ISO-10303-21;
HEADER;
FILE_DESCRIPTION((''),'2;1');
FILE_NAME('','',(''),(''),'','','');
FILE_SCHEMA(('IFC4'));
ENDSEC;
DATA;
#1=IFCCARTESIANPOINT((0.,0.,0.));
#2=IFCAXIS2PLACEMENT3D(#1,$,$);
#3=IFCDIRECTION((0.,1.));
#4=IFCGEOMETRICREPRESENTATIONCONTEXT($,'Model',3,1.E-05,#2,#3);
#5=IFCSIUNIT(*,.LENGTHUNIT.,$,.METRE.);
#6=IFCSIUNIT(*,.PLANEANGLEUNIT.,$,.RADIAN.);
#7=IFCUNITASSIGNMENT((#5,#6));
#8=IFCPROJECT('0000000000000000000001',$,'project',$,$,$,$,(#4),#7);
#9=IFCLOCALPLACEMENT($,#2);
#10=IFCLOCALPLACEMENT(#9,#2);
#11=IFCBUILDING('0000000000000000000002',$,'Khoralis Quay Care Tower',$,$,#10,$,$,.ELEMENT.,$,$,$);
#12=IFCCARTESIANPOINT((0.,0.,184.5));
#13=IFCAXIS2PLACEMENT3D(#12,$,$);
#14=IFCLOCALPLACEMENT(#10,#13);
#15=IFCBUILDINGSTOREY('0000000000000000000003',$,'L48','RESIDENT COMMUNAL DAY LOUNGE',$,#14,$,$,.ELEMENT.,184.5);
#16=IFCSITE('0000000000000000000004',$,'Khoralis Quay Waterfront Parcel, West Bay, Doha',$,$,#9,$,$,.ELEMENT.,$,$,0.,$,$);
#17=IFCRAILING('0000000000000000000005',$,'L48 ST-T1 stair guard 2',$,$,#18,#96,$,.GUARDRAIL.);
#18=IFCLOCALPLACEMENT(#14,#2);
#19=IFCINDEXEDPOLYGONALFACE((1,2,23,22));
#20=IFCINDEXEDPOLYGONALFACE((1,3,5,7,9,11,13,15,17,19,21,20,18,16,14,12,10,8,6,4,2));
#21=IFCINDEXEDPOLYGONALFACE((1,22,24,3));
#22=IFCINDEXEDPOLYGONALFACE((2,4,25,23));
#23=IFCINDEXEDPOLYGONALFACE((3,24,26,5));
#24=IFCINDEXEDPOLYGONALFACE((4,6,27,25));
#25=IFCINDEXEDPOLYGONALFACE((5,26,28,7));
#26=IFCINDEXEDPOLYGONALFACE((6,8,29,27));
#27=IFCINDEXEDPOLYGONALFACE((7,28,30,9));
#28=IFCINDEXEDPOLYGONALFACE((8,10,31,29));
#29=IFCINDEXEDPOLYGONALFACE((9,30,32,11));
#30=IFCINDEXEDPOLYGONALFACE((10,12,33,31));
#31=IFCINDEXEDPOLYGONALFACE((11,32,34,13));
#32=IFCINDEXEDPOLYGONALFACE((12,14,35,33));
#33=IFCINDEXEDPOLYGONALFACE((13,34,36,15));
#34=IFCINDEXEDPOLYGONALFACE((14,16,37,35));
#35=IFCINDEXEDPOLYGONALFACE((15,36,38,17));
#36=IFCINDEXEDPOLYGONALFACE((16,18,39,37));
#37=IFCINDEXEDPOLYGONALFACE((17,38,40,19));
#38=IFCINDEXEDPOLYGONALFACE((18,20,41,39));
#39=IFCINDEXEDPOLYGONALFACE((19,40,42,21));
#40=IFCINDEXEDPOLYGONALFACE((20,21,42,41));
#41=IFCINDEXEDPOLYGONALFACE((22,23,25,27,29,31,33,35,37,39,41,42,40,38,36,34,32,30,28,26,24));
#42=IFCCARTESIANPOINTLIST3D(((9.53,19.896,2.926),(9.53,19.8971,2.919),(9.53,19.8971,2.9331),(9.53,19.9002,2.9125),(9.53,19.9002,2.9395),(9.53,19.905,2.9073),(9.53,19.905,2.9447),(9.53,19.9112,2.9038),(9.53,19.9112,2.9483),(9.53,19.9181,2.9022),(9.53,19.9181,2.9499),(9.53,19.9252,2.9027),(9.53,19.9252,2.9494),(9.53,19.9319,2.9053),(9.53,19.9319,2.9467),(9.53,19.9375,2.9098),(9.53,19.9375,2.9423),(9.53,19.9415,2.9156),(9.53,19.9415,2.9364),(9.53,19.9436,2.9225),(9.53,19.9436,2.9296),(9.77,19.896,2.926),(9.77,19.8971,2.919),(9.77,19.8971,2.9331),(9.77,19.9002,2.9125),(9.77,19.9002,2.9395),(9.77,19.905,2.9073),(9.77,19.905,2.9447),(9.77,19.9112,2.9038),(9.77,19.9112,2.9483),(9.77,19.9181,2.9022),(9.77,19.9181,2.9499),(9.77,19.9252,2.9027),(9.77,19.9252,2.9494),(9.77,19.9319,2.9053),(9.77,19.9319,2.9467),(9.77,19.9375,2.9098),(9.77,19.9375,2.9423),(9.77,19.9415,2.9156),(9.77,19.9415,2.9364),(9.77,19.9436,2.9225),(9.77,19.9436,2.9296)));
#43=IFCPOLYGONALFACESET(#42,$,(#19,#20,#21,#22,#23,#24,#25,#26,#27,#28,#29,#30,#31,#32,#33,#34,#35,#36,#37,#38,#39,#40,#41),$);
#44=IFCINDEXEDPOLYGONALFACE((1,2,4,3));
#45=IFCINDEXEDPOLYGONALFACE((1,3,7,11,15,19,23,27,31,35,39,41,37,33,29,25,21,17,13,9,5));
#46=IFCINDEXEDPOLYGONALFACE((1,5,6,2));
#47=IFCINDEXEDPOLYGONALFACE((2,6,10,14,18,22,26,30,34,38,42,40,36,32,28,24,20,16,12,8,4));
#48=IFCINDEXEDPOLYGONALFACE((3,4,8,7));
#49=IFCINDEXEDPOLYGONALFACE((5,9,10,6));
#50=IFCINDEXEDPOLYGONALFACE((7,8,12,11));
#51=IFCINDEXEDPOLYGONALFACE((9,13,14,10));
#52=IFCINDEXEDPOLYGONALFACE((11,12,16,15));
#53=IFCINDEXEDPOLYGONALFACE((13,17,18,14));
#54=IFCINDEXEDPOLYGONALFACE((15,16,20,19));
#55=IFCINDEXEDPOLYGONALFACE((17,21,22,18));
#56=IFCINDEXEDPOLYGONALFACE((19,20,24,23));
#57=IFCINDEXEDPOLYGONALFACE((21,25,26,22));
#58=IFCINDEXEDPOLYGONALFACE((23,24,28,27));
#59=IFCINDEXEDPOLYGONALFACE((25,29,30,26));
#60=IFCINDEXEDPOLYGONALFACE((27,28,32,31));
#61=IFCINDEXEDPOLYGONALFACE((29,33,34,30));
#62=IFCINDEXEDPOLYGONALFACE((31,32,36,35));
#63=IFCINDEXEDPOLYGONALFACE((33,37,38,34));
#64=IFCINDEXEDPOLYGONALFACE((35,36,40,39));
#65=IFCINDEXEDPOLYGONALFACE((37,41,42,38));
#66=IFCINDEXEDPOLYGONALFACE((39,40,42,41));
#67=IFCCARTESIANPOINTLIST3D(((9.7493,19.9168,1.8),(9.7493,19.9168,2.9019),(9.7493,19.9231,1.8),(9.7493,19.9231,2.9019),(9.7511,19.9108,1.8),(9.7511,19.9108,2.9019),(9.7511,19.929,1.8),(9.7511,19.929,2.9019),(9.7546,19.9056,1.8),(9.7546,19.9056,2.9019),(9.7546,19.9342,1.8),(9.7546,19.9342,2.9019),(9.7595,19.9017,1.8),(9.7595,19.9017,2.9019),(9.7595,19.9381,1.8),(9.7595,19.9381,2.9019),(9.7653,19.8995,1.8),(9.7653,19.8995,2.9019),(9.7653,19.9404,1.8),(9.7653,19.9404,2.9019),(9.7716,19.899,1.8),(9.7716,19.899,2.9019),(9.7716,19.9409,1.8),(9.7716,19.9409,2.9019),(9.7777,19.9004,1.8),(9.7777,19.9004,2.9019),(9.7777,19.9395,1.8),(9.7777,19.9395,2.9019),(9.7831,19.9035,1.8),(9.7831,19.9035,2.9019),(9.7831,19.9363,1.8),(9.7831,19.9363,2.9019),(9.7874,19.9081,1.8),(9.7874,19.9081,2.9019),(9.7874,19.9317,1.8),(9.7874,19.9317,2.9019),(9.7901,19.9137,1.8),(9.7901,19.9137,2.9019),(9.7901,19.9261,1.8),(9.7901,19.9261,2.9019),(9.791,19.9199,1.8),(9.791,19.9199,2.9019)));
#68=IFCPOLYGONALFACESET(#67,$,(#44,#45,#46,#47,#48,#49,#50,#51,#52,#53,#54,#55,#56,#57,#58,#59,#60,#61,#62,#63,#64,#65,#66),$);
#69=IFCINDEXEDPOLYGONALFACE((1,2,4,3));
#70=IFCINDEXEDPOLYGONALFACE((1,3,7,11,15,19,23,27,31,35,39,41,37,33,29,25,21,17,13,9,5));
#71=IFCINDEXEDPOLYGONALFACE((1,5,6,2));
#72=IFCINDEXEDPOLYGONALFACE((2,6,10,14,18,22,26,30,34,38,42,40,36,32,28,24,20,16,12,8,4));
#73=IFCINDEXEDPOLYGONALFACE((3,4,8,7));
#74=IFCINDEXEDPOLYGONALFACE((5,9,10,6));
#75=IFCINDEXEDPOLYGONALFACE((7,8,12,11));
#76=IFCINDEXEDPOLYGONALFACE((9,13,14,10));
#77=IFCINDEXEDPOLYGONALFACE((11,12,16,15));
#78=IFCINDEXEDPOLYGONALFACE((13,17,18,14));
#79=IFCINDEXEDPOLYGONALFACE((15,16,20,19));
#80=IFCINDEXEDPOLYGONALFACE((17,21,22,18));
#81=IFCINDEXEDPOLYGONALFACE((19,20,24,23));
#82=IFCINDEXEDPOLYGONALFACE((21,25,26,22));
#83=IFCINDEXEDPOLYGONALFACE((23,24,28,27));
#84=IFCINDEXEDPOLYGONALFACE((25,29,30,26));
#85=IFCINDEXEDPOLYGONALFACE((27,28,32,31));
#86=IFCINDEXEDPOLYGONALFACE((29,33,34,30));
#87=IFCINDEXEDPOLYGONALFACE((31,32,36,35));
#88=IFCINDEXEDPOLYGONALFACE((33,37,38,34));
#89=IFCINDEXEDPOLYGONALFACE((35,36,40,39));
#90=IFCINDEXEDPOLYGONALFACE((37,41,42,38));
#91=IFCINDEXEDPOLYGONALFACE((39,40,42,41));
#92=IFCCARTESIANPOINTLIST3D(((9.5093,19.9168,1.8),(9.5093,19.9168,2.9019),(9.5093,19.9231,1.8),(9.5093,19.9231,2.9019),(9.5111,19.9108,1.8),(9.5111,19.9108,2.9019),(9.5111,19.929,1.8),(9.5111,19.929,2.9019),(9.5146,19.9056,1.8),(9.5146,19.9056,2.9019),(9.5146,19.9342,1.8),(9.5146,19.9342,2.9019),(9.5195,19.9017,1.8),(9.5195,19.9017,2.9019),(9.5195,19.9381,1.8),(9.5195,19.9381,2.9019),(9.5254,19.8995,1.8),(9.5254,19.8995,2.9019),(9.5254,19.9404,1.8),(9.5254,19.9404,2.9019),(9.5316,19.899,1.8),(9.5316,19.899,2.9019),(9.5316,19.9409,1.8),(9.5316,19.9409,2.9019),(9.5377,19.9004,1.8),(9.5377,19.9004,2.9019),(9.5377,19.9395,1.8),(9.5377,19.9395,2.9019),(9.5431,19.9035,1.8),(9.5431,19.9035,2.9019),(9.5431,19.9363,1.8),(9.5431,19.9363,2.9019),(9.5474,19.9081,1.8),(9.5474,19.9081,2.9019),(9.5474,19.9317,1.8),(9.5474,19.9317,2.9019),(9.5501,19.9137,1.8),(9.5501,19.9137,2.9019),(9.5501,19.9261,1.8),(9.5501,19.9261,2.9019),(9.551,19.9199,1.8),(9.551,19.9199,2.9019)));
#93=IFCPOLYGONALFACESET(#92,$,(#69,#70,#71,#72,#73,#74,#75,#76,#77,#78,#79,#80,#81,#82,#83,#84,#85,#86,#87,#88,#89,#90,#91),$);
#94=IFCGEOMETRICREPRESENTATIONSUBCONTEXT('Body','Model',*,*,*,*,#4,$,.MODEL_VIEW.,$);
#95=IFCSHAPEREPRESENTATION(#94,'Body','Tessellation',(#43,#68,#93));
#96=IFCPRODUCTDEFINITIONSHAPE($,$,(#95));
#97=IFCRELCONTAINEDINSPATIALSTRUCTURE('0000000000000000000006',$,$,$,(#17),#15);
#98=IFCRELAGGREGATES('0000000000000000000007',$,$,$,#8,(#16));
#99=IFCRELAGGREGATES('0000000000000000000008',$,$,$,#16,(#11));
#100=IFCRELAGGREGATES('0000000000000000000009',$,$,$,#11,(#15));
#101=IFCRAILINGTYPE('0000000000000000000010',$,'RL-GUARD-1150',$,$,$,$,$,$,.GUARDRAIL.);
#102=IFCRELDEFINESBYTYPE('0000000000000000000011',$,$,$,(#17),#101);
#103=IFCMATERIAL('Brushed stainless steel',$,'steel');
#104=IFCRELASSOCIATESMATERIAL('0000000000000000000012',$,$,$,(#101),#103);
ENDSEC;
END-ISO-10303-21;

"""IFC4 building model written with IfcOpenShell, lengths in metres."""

from ifc_helpers import new_model, si_unit, direction, frame, origin, origin_2d, place, context, subcontext, project, spatial, circle, extrude, material, type_object, element, save


model = new_model("IFC4")

# Units and contexts
model_context = context("Model", 3, precision=1e-05, world=origin(), true_north=direction((0.0, 1.0)))
body_context = subcontext(model_context, "Body", "Model", "MODEL_VIEW")
ifc_project = project(units=[si_unit("LENGTHUNIT", "METRE"), si_unit("PLANEANGLEUNIT", "RADIAN")], contexts=[model_context])

# Site, building, storey
site_placement = place(None, origin())
site = spatial("IfcSite", under=ifc_project, at=site_placement, Name="Khoralis Quay Waterfront Parcel, West Bay, Doha", CompositionType="ELEMENT", RefElevation=0.0)
building_placement = place(site_placement, origin())
building = spatial("IfcBuilding", under=site, at=building_placement, Name="Khoralis Quay Care Tower", CompositionType="ELEMENT")
storey_placement = place(building_placement, frame((0.0, 0.0, 184.5)))
storey = spatial("IfcBuildingStorey", under=building, at=storey_placement, Name="L48", Description="RESIDENT COMMUNAL DAY LOUNGE", CompositionType="ELEMENT", Elevation=184.5)

# Railing
ifc_material_1 = material(Name="Brushed stainless steel", Category="steel")
railing_type_1 = type_object("IfcRailingType", Name="RL-GUARD-1150", PredefinedType="GUARDRAIL", material=ifc_material_1)
railing_1_placement = place(storey_placement, frame((9.77, 19.9199, 1.8)))
element("IfcRailing", 1, at=railing_1_placement, inside=storey, type_object=railing_type_1, Name="L48 ST-T1 stair guard 2", PredefinedType="GUARDRAIL", context=body_context, shape_type="SweptSolid", body=[
    extrude(circle(Radius=0.0239, at=origin_2d()), frame((0.0, 0.0, 1.126), z_axis=(-1.0, 0.0, 0.0), x_axis=(0.0, -1.0, 0.0)), (0.0, 0.0, 1.0), 0.24),
    extrude(circle(Radius=0.021, at=origin_2d()), origin(), (0.0, 0.0, 1.0), 1.1018),
    extrude(circle(Radius=0.021, at=origin_2d()), frame((-0.24, 0.0, 0.0)), (0.0, 0.0, 1.0), 1.1018),
])

save(model, "model.ifc")
